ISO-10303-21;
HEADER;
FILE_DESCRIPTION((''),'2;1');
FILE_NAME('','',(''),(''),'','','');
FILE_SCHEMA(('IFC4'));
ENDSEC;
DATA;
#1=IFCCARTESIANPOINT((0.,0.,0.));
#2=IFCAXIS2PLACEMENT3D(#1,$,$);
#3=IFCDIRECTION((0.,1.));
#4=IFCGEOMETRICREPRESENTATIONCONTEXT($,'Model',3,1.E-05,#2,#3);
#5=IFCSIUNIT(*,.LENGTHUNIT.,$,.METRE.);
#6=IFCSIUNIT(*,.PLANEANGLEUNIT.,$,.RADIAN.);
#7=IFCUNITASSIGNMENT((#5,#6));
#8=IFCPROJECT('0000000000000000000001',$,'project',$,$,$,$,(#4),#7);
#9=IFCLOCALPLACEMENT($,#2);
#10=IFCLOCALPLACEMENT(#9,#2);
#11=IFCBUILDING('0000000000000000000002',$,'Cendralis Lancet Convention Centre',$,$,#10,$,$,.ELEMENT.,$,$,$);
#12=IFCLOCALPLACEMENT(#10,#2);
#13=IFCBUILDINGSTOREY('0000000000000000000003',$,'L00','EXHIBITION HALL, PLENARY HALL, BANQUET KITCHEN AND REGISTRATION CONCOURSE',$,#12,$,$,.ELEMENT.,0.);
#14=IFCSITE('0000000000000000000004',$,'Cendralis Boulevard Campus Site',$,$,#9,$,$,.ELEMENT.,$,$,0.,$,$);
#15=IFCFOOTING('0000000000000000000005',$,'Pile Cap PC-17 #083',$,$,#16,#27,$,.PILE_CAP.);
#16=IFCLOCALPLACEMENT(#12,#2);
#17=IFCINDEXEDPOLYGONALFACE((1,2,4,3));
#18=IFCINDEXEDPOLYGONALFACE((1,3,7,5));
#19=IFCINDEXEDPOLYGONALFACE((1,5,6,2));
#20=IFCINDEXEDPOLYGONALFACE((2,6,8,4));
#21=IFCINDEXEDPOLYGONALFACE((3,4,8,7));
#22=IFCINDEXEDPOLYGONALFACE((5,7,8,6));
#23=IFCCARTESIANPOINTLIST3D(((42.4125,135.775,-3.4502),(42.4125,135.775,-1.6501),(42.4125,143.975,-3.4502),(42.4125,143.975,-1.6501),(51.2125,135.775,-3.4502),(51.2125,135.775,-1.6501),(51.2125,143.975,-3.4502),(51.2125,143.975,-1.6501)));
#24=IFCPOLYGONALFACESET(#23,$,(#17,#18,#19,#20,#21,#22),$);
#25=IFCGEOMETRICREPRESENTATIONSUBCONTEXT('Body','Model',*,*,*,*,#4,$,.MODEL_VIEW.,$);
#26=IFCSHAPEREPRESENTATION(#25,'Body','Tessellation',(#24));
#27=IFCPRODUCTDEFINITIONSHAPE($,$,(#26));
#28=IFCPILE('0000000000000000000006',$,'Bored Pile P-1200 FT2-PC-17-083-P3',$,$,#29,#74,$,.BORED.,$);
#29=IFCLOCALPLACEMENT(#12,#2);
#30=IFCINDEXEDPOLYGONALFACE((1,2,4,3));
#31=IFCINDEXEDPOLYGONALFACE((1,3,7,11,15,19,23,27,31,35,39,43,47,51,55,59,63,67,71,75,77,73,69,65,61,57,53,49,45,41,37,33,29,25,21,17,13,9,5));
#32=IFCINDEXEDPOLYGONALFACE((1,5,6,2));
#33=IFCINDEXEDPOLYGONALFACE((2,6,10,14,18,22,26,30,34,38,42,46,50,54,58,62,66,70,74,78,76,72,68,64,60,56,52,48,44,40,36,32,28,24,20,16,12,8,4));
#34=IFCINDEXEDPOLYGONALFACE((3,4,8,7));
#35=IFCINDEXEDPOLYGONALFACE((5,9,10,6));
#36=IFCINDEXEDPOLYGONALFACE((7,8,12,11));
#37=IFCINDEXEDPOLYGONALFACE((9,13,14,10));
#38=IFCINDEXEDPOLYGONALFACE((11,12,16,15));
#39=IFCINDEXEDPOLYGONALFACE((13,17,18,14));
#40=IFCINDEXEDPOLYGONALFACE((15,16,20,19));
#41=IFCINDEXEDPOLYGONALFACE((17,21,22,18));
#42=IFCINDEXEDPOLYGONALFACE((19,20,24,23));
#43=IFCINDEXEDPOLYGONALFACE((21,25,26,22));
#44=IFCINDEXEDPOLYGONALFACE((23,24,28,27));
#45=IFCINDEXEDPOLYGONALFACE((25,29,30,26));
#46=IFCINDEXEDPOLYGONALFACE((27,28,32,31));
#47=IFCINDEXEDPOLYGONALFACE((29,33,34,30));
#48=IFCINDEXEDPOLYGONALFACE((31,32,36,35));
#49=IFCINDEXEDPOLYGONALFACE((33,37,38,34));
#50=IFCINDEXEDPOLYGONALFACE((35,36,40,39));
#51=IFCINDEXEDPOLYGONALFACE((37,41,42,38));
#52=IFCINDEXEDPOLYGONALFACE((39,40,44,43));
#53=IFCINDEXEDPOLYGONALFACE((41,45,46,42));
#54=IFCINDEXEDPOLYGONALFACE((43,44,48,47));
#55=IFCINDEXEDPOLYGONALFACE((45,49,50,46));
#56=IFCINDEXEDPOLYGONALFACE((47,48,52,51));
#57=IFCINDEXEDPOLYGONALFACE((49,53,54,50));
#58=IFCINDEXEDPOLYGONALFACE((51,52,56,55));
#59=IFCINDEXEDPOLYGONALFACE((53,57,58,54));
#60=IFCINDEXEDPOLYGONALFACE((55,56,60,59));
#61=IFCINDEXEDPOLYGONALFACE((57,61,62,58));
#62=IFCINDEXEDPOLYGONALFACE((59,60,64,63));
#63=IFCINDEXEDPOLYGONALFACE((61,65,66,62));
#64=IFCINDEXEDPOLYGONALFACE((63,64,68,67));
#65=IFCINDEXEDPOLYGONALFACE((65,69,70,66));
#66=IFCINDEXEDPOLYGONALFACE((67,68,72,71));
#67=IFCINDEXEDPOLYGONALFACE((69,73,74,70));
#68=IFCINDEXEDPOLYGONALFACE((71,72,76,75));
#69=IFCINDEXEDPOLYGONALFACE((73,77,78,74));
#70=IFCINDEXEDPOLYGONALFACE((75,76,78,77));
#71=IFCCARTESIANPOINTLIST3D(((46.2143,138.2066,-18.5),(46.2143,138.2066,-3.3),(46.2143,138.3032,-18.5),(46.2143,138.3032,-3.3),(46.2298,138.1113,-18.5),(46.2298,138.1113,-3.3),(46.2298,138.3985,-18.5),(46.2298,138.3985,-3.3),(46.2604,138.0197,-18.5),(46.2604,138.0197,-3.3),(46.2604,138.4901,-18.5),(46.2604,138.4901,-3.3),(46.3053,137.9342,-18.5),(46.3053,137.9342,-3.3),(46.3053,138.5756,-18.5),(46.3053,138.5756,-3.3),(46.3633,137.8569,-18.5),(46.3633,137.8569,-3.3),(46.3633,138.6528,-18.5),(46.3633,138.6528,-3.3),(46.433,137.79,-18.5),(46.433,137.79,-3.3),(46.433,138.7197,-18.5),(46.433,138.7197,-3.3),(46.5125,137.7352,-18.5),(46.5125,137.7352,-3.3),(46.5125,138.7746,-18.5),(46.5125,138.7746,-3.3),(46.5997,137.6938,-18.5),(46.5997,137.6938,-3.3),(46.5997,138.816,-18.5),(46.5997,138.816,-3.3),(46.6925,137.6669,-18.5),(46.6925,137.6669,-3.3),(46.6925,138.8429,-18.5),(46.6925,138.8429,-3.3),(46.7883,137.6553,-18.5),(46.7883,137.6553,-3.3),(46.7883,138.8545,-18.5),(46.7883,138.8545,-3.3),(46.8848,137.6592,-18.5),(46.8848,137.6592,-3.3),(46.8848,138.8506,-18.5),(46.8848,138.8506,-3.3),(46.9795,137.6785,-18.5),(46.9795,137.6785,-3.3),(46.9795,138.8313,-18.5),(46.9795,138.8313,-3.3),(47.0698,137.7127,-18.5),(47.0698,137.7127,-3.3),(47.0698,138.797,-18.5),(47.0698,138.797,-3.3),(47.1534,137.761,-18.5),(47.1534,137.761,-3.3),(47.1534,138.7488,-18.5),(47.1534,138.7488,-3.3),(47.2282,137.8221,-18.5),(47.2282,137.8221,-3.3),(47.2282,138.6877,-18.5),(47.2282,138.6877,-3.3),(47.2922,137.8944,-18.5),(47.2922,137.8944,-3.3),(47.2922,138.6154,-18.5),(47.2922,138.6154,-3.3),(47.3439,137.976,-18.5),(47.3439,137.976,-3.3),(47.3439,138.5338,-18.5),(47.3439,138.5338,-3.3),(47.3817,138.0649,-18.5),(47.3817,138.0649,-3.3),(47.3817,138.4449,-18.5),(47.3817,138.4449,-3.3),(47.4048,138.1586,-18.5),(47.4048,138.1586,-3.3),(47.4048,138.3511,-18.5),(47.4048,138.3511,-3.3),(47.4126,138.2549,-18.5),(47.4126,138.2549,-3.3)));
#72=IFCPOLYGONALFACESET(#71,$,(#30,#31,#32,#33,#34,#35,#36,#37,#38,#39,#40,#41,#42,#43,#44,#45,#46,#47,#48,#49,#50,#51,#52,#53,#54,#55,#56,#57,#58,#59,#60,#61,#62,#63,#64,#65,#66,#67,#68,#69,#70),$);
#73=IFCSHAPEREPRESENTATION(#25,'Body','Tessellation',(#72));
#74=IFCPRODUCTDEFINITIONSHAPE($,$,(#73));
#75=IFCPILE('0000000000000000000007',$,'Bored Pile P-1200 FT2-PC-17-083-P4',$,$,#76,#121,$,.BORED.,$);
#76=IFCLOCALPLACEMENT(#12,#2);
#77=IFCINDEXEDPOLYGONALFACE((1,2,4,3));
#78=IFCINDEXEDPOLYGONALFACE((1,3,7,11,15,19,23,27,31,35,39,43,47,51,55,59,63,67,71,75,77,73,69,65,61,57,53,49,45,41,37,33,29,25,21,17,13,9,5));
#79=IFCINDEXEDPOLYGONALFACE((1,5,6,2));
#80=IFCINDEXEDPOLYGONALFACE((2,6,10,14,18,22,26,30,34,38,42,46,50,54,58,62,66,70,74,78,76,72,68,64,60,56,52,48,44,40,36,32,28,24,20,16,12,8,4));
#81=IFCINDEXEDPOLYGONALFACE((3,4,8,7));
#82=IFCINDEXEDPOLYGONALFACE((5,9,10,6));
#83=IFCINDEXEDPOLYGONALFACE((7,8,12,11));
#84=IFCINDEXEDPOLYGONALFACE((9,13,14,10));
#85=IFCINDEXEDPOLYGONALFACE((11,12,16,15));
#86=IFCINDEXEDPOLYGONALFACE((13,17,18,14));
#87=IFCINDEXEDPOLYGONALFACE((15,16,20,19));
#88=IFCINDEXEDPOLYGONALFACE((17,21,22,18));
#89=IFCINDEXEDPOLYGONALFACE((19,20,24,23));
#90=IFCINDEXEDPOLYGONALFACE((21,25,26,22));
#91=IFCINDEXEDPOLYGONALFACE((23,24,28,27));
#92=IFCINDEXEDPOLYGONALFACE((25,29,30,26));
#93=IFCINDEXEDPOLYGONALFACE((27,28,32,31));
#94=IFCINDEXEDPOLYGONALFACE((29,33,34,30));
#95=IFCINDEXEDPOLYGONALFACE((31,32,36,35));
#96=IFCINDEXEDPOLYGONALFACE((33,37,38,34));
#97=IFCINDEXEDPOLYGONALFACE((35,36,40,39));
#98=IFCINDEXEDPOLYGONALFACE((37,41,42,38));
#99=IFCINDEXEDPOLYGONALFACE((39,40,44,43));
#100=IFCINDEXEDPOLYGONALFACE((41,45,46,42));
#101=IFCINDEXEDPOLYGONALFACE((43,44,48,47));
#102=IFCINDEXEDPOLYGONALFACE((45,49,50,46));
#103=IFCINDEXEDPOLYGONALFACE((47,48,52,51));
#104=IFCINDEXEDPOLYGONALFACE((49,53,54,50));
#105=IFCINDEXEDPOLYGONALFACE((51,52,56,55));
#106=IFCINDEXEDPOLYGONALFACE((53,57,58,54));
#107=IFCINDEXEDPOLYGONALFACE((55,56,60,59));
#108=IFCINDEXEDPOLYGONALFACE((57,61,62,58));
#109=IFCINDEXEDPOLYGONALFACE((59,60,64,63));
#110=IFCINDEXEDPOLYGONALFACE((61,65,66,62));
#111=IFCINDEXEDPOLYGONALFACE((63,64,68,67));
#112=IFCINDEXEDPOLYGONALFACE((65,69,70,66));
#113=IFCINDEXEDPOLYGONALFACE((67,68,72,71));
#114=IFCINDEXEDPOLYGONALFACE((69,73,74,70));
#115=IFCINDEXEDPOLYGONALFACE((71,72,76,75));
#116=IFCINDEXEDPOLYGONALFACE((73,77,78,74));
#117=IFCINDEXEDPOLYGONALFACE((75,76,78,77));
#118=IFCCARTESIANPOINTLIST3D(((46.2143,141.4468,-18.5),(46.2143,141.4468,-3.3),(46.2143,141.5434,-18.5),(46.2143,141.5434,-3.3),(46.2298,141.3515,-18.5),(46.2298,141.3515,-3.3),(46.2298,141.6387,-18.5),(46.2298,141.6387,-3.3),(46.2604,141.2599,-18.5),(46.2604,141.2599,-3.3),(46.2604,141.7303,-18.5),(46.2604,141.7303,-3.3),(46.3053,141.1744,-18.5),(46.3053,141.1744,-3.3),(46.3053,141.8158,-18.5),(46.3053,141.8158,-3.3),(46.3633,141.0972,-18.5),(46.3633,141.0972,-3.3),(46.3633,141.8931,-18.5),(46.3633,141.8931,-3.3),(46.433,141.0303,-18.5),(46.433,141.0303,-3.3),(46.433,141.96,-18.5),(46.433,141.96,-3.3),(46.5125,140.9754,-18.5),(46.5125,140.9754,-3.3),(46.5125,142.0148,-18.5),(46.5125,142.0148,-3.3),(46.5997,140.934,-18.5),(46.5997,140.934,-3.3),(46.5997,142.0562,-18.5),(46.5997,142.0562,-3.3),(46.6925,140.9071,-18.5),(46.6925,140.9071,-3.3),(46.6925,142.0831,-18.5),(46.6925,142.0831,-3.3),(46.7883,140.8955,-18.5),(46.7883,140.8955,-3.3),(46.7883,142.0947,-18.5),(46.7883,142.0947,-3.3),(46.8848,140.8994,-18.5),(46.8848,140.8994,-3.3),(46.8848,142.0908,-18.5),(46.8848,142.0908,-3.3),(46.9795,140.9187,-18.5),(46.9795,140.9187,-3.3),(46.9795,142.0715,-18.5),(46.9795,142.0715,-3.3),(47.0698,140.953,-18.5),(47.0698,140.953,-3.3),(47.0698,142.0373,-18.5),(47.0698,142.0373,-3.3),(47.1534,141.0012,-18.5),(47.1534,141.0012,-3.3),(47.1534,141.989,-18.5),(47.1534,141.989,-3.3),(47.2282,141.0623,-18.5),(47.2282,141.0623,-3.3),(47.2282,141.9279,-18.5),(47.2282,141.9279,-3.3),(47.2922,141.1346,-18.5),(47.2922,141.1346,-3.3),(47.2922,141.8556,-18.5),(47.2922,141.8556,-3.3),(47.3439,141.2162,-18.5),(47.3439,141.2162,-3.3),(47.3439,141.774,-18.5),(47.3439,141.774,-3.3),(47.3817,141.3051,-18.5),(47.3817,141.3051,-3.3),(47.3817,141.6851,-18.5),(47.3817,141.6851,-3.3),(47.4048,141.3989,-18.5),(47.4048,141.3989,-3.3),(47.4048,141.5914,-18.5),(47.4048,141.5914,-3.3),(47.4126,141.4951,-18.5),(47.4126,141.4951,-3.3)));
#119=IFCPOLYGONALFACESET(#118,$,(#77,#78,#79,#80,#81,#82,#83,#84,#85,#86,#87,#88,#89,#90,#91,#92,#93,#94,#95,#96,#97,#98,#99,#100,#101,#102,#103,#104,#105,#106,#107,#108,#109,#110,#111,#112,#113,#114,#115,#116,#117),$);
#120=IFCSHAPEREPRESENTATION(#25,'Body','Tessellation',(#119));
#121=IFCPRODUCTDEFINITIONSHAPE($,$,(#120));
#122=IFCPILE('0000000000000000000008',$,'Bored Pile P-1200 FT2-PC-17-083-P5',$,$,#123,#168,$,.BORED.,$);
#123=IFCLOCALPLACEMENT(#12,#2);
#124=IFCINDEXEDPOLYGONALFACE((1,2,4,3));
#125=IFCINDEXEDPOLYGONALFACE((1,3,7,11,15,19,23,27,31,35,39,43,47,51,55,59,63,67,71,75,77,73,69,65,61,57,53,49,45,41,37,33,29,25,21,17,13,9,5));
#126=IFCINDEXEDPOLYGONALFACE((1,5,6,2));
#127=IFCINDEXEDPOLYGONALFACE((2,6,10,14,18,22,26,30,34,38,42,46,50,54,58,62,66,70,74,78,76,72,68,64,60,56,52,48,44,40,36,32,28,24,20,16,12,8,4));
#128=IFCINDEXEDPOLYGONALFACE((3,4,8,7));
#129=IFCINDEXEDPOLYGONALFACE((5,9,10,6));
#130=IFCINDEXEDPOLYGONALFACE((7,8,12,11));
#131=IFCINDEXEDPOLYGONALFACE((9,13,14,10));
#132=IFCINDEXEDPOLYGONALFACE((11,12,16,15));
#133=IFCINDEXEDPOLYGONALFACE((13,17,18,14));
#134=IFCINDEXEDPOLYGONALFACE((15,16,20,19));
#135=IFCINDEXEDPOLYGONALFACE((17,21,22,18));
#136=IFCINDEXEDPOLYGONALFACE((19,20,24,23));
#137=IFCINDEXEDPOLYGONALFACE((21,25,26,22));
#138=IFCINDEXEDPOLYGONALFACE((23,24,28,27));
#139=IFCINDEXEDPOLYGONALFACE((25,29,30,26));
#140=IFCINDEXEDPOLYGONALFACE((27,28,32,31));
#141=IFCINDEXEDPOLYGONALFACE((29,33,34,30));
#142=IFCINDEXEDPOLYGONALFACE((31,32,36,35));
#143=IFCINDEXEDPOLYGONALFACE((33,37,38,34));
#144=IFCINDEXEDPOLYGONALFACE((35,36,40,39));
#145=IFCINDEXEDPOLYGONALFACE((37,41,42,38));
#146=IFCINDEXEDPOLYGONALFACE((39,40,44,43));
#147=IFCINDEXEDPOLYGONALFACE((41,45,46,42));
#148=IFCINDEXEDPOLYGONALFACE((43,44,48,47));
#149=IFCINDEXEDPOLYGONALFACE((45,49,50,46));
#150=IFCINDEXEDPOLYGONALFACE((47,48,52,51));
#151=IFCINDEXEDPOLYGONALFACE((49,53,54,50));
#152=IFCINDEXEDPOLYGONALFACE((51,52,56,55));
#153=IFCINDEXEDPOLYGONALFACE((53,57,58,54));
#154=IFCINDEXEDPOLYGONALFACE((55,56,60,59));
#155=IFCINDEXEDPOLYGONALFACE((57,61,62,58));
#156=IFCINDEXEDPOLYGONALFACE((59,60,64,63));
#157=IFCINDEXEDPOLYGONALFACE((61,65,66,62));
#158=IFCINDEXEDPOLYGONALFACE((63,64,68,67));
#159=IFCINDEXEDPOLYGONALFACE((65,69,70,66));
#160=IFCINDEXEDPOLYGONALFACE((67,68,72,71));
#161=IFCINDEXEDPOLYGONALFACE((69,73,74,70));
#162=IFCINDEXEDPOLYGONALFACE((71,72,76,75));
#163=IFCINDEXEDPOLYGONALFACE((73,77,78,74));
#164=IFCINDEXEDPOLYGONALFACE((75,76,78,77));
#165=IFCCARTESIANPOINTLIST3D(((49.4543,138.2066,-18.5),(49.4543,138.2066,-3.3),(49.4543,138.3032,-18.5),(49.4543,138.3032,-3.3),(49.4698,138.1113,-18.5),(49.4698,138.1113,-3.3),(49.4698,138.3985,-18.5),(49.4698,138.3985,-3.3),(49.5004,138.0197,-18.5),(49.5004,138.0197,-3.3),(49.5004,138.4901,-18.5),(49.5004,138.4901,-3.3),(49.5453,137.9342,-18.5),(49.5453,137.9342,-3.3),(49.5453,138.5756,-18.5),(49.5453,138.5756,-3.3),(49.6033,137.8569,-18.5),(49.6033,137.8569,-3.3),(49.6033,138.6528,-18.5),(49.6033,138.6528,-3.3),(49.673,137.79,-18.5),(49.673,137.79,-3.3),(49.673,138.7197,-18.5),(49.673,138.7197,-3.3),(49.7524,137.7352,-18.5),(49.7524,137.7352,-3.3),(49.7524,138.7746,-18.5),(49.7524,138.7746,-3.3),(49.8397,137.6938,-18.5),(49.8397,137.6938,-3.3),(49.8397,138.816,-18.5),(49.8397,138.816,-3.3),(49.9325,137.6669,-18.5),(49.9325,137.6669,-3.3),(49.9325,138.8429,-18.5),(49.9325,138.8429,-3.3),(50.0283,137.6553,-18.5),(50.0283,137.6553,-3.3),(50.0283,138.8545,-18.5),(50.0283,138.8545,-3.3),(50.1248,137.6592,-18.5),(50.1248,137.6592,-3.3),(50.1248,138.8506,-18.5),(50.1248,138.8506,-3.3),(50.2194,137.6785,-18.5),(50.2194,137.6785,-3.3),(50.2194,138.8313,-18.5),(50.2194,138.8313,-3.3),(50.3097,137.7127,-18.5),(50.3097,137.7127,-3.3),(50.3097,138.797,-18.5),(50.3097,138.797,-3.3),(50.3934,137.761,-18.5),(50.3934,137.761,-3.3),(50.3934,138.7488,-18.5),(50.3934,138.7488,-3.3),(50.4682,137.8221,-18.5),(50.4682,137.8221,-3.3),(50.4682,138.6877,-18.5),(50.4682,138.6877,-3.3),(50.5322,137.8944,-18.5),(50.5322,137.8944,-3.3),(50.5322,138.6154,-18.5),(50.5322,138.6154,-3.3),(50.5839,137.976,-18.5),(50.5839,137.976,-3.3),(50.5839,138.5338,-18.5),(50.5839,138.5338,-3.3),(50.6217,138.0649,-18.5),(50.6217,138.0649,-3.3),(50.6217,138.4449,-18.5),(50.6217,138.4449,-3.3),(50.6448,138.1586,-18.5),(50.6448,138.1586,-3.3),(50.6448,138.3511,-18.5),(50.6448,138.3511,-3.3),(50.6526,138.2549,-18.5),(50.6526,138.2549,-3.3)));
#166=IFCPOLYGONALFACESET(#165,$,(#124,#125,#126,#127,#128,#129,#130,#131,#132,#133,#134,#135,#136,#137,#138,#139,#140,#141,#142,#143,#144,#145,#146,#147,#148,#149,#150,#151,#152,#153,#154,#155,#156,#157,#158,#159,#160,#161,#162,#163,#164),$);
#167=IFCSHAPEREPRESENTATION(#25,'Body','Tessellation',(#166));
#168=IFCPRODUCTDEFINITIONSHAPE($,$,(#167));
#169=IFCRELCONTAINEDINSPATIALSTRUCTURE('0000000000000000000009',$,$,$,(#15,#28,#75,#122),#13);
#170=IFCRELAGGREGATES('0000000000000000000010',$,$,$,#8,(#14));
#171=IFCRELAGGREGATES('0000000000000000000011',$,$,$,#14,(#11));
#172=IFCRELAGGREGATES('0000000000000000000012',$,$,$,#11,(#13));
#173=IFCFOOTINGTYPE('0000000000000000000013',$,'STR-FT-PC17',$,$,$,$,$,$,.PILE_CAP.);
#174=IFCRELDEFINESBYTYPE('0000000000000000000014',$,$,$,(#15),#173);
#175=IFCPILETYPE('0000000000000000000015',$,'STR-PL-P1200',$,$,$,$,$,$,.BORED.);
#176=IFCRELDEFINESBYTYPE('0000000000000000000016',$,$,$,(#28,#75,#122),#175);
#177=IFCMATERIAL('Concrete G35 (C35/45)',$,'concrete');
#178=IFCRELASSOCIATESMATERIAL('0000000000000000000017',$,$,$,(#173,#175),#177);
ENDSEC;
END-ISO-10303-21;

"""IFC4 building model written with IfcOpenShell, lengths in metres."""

from ifc_helpers import new_model, si_unit, direction, frame, origin, origin_2d, place, context, subcontext, project, spatial, rectangle, circle, extrude, material, material_profile, profile_set, type_object, element, save


model = new_model("IFC4")

# Units and contexts
model_context = context("Model", 3, precision=1e-05, world=origin(), true_north=direction((0.0, 1.0)))
body_context = subcontext(model_context, "Body", "Model", "MODEL_VIEW")
ifc_project = project(units=[si_unit("LENGTHUNIT", "METRE"), si_unit("PLANEANGLEUNIT", "RADIAN")], contexts=[model_context])

# Site, building, storey
site_placement = place(None, origin())
site = spatial("IfcSite", under=ifc_project, at=site_placement, Name="Cendralis Boulevard Campus Site", CompositionType="ELEMENT", RefElevation=0.0)
building_placement = place(site_placement, origin())
building = spatial("IfcBuilding", under=site, at=building_placement, Name="Cendralis Lancet Convention Centre", CompositionType="ELEMENT")
storey_placement = place(building_placement, origin())
storey = spatial("IfcBuildingStorey", under=building, at=storey_placement, Name="L00", Description="EXHIBITION HALL, PLENARY HALL, BANQUET KITCHEN AND REGISTRATION CONCOURSE", CompositionType="ELEMENT", Elevation=0.0)

# Footing
ifc_material_1 = material(Name="Concrete G35 (C35/45)", Category="concrete")
footing_type = type_object("IfcFootingType", Name="STR-FT-PC17", PredefinedType="PILE_CAP", material=ifc_material_1)
footing_placement = place(storey_placement, frame((46.8125, 139.875, -3.4502), z_axis=(0.0, 0.0, 1.0), x_axis=(1.0, 0.0, 0.0)))
element("IfcFooting", 1, at=footing_placement, inside=storey, type_object=footing_type, Name="Pile Cap PC-17 #083", PredefinedType="PILE_CAP", context=body_context, shape_type="SweptSolid", body=[
    extrude(rectangle(XDim=8.8, YDim=8.2, at=origin_2d()), origin(), (0.0, 0.0, 1.0), 1.8),
])

# Piles
ifc_material_profile_1 = material_profile(ifc_material_1, circle(Radius=0.6001, at=origin_2d()), Name="BORED PILE D1200")
ifc_profile_set_1 = profile_set([ifc_material_profile_1], Name="Concrete G35 (C35/45)")
pile_type = type_object("IfcPileType", Name="STR-PL-P1200", PredefinedType="BORED", material=ifc_profile_set_1)
for number, where, z_axis, x_axis, name in (
    (2, (46.8125, 138.2549, -3.3), (0.0, 0.0, -1.0), (1.0, 0.0, 0.0), "Bored Pile P-1200 FT2-PC-17-083-P3"),
    (3, (46.8125, 141.4951, -3.3), (0.0, 0.0, -1.0), (1.0, 0.0, 0.0), "Bored Pile P-1200 FT2-PC-17-083-P4"),
    (4, (50.0525, 138.2549, -3.3), (0.0, 0.0, -1.0), (1.0, 0.0, 0.0), "Bored Pile P-1200 FT2-PC-17-083-P5"),
):
    element("IfcPile", number, at=place(storey_placement, frame(where, z_axis=z_axis, x_axis=x_axis)), inside=storey, type_object=pile_type, Name=name, PredefinedType="BORED", context=body_context, shape_type="SweptSolid", body=[
        extrude(circle(Radius=0.6001, at=origin_2d()), origin(), (0.0, 0.0, 1.0), 15.2),
    ])

save(model, "model.ifc")
